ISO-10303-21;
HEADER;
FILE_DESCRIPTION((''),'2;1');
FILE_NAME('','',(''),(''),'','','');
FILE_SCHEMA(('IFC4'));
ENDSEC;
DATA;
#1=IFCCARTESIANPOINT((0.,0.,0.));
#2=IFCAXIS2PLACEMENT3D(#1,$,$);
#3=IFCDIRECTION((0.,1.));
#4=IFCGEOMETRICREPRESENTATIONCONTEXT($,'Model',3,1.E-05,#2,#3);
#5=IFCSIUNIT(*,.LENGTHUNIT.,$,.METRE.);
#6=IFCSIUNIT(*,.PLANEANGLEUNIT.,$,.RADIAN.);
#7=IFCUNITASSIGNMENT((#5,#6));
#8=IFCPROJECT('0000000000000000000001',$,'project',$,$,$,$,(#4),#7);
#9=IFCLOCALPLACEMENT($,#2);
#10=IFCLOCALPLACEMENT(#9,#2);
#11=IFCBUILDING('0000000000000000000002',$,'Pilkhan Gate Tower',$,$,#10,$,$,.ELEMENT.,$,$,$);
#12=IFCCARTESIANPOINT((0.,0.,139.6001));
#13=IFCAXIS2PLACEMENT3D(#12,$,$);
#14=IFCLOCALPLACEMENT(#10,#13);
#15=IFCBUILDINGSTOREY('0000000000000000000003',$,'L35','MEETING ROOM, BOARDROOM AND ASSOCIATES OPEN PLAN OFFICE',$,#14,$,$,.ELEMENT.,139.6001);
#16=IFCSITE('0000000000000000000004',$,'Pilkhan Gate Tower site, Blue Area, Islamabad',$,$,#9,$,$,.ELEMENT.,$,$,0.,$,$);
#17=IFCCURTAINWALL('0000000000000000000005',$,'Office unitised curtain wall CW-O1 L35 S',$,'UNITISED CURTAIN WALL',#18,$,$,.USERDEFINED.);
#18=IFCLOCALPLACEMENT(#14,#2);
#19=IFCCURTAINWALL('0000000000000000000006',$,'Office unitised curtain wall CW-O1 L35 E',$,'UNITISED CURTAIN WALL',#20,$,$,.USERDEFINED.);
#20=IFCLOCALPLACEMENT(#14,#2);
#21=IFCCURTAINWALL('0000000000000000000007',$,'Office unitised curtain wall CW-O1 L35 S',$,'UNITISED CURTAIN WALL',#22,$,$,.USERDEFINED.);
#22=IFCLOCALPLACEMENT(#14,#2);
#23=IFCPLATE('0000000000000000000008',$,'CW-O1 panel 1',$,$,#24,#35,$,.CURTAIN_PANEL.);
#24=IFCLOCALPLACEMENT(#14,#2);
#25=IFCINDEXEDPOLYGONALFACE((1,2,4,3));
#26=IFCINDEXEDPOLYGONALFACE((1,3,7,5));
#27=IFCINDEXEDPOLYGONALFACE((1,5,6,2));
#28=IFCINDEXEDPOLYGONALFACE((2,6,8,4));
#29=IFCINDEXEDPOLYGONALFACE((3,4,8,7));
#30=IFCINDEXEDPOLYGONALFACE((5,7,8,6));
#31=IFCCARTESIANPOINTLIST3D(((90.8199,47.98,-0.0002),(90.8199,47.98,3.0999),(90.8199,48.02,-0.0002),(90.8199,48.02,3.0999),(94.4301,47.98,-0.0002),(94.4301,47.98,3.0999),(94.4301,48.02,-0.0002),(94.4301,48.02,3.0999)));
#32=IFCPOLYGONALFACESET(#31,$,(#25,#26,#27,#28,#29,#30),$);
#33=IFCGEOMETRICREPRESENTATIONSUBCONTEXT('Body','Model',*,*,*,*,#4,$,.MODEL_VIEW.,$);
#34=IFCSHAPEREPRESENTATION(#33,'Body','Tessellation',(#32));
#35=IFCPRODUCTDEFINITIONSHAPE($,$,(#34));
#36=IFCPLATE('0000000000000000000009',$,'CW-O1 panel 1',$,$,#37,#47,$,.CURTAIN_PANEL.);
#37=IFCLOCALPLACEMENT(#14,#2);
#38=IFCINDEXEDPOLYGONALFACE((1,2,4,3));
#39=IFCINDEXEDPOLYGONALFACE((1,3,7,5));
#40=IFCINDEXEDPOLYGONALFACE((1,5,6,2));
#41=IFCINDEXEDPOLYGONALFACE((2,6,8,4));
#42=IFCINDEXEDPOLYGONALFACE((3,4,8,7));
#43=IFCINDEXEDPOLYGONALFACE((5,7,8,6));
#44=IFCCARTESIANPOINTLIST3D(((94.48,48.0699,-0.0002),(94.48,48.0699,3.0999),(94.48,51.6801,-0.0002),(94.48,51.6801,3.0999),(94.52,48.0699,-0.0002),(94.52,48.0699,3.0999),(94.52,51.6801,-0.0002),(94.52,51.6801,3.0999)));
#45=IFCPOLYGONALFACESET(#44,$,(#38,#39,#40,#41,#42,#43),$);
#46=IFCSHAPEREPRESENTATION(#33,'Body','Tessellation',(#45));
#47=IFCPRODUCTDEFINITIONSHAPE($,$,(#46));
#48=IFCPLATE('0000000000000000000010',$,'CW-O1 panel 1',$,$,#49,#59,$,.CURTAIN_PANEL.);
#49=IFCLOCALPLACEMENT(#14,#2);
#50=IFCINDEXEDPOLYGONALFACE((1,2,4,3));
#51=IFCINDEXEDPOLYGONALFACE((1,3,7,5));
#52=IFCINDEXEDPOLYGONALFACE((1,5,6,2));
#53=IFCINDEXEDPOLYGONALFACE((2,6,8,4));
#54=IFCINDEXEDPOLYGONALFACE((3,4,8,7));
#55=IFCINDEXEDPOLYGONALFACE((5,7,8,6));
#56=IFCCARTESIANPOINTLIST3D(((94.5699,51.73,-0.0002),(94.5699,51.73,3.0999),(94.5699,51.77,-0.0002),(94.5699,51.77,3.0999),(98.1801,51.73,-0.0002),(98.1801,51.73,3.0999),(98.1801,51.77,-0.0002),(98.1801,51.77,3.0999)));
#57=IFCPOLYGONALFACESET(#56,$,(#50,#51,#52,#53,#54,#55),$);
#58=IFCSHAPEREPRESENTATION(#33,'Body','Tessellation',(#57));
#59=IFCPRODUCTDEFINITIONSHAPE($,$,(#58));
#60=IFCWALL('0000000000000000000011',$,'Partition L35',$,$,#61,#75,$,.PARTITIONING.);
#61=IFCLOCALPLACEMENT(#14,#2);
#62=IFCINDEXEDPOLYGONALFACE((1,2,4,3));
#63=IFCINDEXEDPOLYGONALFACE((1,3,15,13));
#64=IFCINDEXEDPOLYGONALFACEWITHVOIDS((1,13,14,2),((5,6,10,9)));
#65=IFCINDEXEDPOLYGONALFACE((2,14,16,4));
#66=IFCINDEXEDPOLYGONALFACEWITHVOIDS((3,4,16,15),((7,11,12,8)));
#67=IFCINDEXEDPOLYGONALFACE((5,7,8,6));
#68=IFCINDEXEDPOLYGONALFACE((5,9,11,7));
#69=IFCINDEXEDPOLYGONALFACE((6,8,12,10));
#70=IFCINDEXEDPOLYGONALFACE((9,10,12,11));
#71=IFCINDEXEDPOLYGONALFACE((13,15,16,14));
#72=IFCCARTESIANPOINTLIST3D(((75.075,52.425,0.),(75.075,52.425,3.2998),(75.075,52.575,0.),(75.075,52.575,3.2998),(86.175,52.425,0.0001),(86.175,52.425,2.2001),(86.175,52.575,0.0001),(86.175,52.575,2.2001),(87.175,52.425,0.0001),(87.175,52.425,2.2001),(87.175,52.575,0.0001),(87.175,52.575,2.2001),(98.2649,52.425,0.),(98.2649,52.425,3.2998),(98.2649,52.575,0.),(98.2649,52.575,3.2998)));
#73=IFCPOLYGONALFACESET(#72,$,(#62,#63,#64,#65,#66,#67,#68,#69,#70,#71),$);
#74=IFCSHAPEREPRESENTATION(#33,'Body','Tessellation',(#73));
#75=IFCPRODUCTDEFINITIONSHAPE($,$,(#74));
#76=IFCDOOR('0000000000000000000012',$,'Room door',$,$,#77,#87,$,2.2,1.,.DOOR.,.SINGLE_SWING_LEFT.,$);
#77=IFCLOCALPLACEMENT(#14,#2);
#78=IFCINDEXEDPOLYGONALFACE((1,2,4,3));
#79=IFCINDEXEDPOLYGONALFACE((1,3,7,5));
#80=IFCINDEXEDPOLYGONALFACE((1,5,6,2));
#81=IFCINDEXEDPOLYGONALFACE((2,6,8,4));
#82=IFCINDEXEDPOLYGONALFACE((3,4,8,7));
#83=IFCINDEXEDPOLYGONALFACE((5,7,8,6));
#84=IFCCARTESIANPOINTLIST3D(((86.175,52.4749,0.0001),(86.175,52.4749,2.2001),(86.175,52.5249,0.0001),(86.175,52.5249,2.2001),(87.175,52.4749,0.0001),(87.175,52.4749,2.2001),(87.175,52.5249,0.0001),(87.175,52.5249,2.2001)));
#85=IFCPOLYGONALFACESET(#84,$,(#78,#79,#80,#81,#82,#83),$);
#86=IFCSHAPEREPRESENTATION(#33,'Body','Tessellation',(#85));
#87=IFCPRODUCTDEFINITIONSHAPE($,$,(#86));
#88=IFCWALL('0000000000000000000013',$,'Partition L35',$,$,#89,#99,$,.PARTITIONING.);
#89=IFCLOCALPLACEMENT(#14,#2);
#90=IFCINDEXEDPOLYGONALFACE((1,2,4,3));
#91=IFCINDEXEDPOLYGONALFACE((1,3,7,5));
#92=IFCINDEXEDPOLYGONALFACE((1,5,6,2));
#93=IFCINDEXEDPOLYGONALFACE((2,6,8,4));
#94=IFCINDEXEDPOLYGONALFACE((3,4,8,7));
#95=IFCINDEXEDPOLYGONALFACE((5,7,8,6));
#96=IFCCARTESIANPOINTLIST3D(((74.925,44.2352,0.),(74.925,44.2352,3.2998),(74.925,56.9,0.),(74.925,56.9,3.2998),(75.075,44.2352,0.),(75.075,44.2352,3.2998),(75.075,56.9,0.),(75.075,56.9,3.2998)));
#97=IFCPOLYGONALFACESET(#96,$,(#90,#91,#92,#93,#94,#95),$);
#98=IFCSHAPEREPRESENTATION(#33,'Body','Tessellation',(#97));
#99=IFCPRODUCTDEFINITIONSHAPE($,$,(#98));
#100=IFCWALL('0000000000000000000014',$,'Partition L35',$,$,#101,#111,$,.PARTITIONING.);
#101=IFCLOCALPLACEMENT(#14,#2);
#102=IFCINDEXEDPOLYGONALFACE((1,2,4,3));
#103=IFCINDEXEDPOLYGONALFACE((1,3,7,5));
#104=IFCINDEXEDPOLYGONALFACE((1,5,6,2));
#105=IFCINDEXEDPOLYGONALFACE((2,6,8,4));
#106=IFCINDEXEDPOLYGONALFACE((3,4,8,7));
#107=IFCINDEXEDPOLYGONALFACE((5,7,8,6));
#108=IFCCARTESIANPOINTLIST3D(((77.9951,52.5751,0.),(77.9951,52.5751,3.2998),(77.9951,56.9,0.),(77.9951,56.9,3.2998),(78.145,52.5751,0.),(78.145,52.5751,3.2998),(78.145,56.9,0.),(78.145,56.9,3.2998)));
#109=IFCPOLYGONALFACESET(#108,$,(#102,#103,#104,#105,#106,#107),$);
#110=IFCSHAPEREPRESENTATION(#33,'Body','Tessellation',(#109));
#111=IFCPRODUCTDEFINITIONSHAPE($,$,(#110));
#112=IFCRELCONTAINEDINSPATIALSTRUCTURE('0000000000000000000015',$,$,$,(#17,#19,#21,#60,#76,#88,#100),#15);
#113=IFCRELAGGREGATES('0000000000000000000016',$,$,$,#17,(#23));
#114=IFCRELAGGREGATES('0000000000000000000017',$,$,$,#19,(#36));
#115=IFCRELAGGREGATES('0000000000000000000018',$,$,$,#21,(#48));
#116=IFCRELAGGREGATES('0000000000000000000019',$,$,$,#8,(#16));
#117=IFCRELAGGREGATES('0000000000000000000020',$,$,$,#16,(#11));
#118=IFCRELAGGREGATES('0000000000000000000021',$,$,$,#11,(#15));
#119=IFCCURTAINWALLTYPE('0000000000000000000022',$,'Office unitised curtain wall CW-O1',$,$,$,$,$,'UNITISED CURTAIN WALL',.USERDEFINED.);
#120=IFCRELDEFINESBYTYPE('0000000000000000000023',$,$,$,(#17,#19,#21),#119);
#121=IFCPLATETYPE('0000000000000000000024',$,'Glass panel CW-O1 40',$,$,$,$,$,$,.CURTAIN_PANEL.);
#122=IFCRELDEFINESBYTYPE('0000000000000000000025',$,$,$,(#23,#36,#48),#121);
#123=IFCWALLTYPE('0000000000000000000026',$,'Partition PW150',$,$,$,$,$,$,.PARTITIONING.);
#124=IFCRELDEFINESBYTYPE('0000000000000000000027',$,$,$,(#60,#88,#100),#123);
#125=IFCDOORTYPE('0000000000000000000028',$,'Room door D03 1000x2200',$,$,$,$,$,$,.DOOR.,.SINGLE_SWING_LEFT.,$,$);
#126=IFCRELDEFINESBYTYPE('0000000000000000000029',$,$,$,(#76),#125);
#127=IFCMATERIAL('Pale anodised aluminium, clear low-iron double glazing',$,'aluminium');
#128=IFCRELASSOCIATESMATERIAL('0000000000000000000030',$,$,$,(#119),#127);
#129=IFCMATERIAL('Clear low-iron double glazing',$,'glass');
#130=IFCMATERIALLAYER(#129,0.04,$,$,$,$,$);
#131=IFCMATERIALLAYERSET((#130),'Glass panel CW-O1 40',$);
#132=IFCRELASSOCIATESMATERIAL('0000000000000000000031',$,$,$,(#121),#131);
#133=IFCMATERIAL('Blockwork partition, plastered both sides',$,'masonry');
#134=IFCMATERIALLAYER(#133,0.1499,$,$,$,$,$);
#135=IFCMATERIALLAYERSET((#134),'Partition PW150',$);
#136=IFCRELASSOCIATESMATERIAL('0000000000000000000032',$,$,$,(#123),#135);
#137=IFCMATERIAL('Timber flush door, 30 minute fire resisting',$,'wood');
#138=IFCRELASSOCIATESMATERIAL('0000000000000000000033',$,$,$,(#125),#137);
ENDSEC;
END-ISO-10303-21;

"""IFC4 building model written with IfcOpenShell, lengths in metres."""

from ifc_helpers import new_model, si_unit, direction, frame, frame_2d, origin, origin_2d, place, context, subcontext, project, spatial, rectangle, extrude, material, layer, layer_set, type_object, element, fill, aggregate, save


model = new_model("IFC4")

# Units and contexts
model_context = context("Model", 3, precision=1e-05, world=origin(), true_north=direction((0.0, 1.0)))
body_context = subcontext(model_context, "Body", "Model", "MODEL_VIEW")
ifc_project = project(units=[si_unit("LENGTHUNIT", "METRE"), si_unit("PLANEANGLEUNIT", "RADIAN")], contexts=[model_context])

# Site, building, storey
site_placement = place(None, origin())
site = spatial("IfcSite", under=ifc_project, at=site_placement, Name="Pilkhan Gate Tower site, Blue Area, Islamabad", CompositionType="ELEMENT", RefElevation=0.0)
building_placement = place(site_placement, origin())
building = spatial("IfcBuilding", under=site, at=building_placement, Name="Pilkhan Gate Tower", CompositionType="ELEMENT")
storey_placement = place(building_placement, frame((0.0, 0.0, 139.6001)))
storey = spatial("IfcBuildingStorey", under=building, at=storey_placement, Name="L35", Description="MEETING ROOM, BOARDROOM AND ASSOCIATES OPEN PLAN OFFICE", CompositionType="ELEMENT", Elevation=139.6001)

# Shared definitions
ifc_material_1 = material(Name="Pale anodised aluminium, clear low-iron double glazing", Category="aluminium")
curtain_wall_type = type_object("IfcCurtainWallType", Name="Office unitised curtain wall CW-O1", ElementType="UNITISED CURTAIN WALL", PredefinedType="USERDEFINED", material=ifc_material_1)

# Curtain walls
curtain_wall_1_placement = place(storey_placement, origin())
curtain_wall_1 = element("IfcCurtainWall", 1, at=curtain_wall_1_placement, inside=storey, type_object=curtain_wall_type, Name="Office unitised curtain wall CW-O1 L35 S", ObjectType="UNITISED CURTAIN WALL", PredefinedType="USERDEFINED")
curtain_wall_2_placement = place(storey_placement, origin())
curtain_wall_2 = element("IfcCurtainWall", 2, at=curtain_wall_2_placement, inside=storey, type_object=curtain_wall_type, Name="Office unitised curtain wall CW-O1 L35 E", ObjectType="UNITISED CURTAIN WALL", PredefinedType="USERDEFINED")
curtain_wall_3_placement = place(storey_placement, origin())
curtain_wall_3 = element("IfcCurtainWall", 3, at=curtain_wall_3_placement, inside=storey, type_object=curtain_wall_type, Name="Office unitised curtain wall CW-O1 L35 S", ObjectType="UNITISED CURTAIN WALL", PredefinedType="USERDEFINED")

# Plates
ifc_material_2 = material(Name="Clear low-iron double glazing", Category="glass")
ifc_layer_1 = layer(ifc_material_2, 0.04)
ifc_layer_set_1 = layer_set([ifc_layer_1], Name="Glass panel CW-O1 40")
plate_type = type_object("IfcPlateType", Name="Glass panel CW-O1 40", PredefinedType="CURTAIN_PANEL", material=ifc_layer_set_1)
plate_1_placement = place(storey_placement, frame((92.625, 48.0, -0.0002), z_axis=(0.0, 0.0, 1.0), x_axis=(1.0, 0.0, 0.0)))
plate_1 = element("IfcPlate", 4, at=plate_1_placement, type_object=plate_type, Name="CW-O1 panel 1", PredefinedType="CURTAIN_PANEL", context=body_context, shape_type="SweptSolid", body=[
    extrude(rectangle(XDim=3.6101, YDim=0.04, at=origin_2d()), origin(), (0.0, 0.0, 1.0), 3.1001),
])
aggregate(curtain_wall_1, [plate_1])
plate_2_placement = place(storey_placement, frame((94.5, 49.875, -0.0002), z_axis=(0.0, 0.0, 1.0), x_axis=(0.0, 1.0, 0.0)))
plate_2 = element("IfcPlate", 5, at=plate_2_placement, type_object=plate_type, Name="CW-O1 panel 1", PredefinedType="CURTAIN_PANEL", context=body_context, shape_type="SweptSolid", body=[
    extrude(rectangle(XDim=3.6101, YDim=0.04, at=origin_2d()), origin(), (0.0, 0.0, 1.0), 3.1001),
])
aggregate(curtain_wall_2, [plate_2])
plate_3_placement = place(storey_placement, frame((96.375, 51.75, -0.0002), z_axis=(0.0, 0.0, 1.0), x_axis=(1.0, 0.0, 0.0)))
plate_3 = element("IfcPlate", 6, at=plate_3_placement, type_object=plate_type, Name="CW-O1 panel 1", PredefinedType="CURTAIN_PANEL", context=body_context, shape_type="SweptSolid", body=[
    extrude(rectangle(XDim=3.6101, YDim=0.04, at=origin_2d()), origin(), (0.0, 0.0, 1.0), 3.1001),
])
aggregate(curtain_wall_3, [plate_3])

# Wall, opening, door
ifc_material_3 = material(Name="Blockwork partition, plastered both sides", Category="masonry")
ifc_layer_2 = layer(ifc_material_3, 0.1499)
ifc_layer_set_2 = layer_set([ifc_layer_2], Name="Partition PW150")
wall_type = type_object("IfcWallType", Name="Partition PW150", PredefinedType="PARTITIONING", material=ifc_layer_set_2)
wall_1_placement = place(storey_placement, frame((75.075, 52.5, 0.0), z_axis=(0.0, 0.0, 1.0), x_axis=(1.0, 0.0, 0.0)))
wall_1 = element("IfcWall", 7, at=wall_1_placement, inside=storey, type_object=wall_type, Name="Partition L35", PredefinedType="PARTITIONING", context=body_context, shape_type="SweptSolid", body=[
    extrude(rectangle(XDim=23.1899, YDim=0.1499, at=frame_2d((11.595, 0.0))), origin(), (0.0, 0.0, 1.0), 3.2998),
])
opening_placement = place(wall_1_placement, frame((11.1001, 0.0, 0.0)))
opening = element("IfcOpeningElement", 8, at=opening_placement, cuts=wall_1, PredefinedType="OPENING", context=body_context, shape_type="SweptSolid", body=[
    extrude(rectangle(XDim=1.0, YDim=2.2, at=frame_2d((0.5, 1.1001))), frame((0.0, 0.085, 0.0), z_axis=(0.0, -1.0, 0.0), x_axis=(1.0, 0.0, 0.0)), (0.0, 0.0, 1.0), 0.1699),
])
ifc_material_4 = material(Name="Timber flush door, 30 minute fire resisting", Category="wood")
door_type = type_object("IfcDoorType", Name="Room door D03 1000x2200", OperationType="SINGLE_SWING_LEFT", PredefinedType="DOOR", material=ifc_material_4)
door_placement = place(opening_placement, origin())
door = element("IfcDoor", 9, at=door_placement, inside=storey, type_object=door_type, Name="Room door", OperationType="SINGLE_SWING_LEFT", OverallHeight=2.2, OverallWidth=1.0, PredefinedType="DOOR", context=body_context, shape_type="SweptSolid", body=[
    extrude(rectangle(XDim=1.0, YDim=2.2, at=frame_2d((0.5, 1.1001))), frame((0.0, 0.0249, 0.0), z_axis=(0.0, -1.0, 0.0), x_axis=(1.0, 0.0, 0.0)), (0.0, 0.0, 1.0), 0.05),
])
fill(opening, door)

# Walls
wall_2_placement = place(storey_placement, frame((75.0, 44.2351, 0.0), z_axis=(0.0, 0.0, 1.0), x_axis=(0.0, 1.0, 0.0)))
element("IfcWall", 10, at=wall_2_placement, inside=storey, type_object=wall_type, Name="Partition L35", PredefinedType="PARTITIONING", context=body_context, shape_type="SweptSolid", body=[
    extrude(rectangle(XDim=12.6648, YDim=0.1499, at=frame_2d((6.3325, 0.0))), origin(), (0.0, 0.0, 1.0), 3.2998),
])
wall_3_placement = place(storey_placement, frame((78.0701, 52.575, 0.0), z_axis=(0.0, 0.0, 1.0), x_axis=(0.0, 1.0, 0.0)))
element("IfcWall", 11, at=wall_3_placement, inside=storey, type_object=wall_type, Name="Partition L35", PredefinedType="PARTITIONING", context=body_context, shape_type="SweptSolid", body=[
    extrude(rectangle(XDim=4.325, YDim=0.1499, at=frame_2d((2.1626, 0.0))), origin(), (0.0, 0.0, 1.0), 3.2998),
])

save(model, "model.ifc")
